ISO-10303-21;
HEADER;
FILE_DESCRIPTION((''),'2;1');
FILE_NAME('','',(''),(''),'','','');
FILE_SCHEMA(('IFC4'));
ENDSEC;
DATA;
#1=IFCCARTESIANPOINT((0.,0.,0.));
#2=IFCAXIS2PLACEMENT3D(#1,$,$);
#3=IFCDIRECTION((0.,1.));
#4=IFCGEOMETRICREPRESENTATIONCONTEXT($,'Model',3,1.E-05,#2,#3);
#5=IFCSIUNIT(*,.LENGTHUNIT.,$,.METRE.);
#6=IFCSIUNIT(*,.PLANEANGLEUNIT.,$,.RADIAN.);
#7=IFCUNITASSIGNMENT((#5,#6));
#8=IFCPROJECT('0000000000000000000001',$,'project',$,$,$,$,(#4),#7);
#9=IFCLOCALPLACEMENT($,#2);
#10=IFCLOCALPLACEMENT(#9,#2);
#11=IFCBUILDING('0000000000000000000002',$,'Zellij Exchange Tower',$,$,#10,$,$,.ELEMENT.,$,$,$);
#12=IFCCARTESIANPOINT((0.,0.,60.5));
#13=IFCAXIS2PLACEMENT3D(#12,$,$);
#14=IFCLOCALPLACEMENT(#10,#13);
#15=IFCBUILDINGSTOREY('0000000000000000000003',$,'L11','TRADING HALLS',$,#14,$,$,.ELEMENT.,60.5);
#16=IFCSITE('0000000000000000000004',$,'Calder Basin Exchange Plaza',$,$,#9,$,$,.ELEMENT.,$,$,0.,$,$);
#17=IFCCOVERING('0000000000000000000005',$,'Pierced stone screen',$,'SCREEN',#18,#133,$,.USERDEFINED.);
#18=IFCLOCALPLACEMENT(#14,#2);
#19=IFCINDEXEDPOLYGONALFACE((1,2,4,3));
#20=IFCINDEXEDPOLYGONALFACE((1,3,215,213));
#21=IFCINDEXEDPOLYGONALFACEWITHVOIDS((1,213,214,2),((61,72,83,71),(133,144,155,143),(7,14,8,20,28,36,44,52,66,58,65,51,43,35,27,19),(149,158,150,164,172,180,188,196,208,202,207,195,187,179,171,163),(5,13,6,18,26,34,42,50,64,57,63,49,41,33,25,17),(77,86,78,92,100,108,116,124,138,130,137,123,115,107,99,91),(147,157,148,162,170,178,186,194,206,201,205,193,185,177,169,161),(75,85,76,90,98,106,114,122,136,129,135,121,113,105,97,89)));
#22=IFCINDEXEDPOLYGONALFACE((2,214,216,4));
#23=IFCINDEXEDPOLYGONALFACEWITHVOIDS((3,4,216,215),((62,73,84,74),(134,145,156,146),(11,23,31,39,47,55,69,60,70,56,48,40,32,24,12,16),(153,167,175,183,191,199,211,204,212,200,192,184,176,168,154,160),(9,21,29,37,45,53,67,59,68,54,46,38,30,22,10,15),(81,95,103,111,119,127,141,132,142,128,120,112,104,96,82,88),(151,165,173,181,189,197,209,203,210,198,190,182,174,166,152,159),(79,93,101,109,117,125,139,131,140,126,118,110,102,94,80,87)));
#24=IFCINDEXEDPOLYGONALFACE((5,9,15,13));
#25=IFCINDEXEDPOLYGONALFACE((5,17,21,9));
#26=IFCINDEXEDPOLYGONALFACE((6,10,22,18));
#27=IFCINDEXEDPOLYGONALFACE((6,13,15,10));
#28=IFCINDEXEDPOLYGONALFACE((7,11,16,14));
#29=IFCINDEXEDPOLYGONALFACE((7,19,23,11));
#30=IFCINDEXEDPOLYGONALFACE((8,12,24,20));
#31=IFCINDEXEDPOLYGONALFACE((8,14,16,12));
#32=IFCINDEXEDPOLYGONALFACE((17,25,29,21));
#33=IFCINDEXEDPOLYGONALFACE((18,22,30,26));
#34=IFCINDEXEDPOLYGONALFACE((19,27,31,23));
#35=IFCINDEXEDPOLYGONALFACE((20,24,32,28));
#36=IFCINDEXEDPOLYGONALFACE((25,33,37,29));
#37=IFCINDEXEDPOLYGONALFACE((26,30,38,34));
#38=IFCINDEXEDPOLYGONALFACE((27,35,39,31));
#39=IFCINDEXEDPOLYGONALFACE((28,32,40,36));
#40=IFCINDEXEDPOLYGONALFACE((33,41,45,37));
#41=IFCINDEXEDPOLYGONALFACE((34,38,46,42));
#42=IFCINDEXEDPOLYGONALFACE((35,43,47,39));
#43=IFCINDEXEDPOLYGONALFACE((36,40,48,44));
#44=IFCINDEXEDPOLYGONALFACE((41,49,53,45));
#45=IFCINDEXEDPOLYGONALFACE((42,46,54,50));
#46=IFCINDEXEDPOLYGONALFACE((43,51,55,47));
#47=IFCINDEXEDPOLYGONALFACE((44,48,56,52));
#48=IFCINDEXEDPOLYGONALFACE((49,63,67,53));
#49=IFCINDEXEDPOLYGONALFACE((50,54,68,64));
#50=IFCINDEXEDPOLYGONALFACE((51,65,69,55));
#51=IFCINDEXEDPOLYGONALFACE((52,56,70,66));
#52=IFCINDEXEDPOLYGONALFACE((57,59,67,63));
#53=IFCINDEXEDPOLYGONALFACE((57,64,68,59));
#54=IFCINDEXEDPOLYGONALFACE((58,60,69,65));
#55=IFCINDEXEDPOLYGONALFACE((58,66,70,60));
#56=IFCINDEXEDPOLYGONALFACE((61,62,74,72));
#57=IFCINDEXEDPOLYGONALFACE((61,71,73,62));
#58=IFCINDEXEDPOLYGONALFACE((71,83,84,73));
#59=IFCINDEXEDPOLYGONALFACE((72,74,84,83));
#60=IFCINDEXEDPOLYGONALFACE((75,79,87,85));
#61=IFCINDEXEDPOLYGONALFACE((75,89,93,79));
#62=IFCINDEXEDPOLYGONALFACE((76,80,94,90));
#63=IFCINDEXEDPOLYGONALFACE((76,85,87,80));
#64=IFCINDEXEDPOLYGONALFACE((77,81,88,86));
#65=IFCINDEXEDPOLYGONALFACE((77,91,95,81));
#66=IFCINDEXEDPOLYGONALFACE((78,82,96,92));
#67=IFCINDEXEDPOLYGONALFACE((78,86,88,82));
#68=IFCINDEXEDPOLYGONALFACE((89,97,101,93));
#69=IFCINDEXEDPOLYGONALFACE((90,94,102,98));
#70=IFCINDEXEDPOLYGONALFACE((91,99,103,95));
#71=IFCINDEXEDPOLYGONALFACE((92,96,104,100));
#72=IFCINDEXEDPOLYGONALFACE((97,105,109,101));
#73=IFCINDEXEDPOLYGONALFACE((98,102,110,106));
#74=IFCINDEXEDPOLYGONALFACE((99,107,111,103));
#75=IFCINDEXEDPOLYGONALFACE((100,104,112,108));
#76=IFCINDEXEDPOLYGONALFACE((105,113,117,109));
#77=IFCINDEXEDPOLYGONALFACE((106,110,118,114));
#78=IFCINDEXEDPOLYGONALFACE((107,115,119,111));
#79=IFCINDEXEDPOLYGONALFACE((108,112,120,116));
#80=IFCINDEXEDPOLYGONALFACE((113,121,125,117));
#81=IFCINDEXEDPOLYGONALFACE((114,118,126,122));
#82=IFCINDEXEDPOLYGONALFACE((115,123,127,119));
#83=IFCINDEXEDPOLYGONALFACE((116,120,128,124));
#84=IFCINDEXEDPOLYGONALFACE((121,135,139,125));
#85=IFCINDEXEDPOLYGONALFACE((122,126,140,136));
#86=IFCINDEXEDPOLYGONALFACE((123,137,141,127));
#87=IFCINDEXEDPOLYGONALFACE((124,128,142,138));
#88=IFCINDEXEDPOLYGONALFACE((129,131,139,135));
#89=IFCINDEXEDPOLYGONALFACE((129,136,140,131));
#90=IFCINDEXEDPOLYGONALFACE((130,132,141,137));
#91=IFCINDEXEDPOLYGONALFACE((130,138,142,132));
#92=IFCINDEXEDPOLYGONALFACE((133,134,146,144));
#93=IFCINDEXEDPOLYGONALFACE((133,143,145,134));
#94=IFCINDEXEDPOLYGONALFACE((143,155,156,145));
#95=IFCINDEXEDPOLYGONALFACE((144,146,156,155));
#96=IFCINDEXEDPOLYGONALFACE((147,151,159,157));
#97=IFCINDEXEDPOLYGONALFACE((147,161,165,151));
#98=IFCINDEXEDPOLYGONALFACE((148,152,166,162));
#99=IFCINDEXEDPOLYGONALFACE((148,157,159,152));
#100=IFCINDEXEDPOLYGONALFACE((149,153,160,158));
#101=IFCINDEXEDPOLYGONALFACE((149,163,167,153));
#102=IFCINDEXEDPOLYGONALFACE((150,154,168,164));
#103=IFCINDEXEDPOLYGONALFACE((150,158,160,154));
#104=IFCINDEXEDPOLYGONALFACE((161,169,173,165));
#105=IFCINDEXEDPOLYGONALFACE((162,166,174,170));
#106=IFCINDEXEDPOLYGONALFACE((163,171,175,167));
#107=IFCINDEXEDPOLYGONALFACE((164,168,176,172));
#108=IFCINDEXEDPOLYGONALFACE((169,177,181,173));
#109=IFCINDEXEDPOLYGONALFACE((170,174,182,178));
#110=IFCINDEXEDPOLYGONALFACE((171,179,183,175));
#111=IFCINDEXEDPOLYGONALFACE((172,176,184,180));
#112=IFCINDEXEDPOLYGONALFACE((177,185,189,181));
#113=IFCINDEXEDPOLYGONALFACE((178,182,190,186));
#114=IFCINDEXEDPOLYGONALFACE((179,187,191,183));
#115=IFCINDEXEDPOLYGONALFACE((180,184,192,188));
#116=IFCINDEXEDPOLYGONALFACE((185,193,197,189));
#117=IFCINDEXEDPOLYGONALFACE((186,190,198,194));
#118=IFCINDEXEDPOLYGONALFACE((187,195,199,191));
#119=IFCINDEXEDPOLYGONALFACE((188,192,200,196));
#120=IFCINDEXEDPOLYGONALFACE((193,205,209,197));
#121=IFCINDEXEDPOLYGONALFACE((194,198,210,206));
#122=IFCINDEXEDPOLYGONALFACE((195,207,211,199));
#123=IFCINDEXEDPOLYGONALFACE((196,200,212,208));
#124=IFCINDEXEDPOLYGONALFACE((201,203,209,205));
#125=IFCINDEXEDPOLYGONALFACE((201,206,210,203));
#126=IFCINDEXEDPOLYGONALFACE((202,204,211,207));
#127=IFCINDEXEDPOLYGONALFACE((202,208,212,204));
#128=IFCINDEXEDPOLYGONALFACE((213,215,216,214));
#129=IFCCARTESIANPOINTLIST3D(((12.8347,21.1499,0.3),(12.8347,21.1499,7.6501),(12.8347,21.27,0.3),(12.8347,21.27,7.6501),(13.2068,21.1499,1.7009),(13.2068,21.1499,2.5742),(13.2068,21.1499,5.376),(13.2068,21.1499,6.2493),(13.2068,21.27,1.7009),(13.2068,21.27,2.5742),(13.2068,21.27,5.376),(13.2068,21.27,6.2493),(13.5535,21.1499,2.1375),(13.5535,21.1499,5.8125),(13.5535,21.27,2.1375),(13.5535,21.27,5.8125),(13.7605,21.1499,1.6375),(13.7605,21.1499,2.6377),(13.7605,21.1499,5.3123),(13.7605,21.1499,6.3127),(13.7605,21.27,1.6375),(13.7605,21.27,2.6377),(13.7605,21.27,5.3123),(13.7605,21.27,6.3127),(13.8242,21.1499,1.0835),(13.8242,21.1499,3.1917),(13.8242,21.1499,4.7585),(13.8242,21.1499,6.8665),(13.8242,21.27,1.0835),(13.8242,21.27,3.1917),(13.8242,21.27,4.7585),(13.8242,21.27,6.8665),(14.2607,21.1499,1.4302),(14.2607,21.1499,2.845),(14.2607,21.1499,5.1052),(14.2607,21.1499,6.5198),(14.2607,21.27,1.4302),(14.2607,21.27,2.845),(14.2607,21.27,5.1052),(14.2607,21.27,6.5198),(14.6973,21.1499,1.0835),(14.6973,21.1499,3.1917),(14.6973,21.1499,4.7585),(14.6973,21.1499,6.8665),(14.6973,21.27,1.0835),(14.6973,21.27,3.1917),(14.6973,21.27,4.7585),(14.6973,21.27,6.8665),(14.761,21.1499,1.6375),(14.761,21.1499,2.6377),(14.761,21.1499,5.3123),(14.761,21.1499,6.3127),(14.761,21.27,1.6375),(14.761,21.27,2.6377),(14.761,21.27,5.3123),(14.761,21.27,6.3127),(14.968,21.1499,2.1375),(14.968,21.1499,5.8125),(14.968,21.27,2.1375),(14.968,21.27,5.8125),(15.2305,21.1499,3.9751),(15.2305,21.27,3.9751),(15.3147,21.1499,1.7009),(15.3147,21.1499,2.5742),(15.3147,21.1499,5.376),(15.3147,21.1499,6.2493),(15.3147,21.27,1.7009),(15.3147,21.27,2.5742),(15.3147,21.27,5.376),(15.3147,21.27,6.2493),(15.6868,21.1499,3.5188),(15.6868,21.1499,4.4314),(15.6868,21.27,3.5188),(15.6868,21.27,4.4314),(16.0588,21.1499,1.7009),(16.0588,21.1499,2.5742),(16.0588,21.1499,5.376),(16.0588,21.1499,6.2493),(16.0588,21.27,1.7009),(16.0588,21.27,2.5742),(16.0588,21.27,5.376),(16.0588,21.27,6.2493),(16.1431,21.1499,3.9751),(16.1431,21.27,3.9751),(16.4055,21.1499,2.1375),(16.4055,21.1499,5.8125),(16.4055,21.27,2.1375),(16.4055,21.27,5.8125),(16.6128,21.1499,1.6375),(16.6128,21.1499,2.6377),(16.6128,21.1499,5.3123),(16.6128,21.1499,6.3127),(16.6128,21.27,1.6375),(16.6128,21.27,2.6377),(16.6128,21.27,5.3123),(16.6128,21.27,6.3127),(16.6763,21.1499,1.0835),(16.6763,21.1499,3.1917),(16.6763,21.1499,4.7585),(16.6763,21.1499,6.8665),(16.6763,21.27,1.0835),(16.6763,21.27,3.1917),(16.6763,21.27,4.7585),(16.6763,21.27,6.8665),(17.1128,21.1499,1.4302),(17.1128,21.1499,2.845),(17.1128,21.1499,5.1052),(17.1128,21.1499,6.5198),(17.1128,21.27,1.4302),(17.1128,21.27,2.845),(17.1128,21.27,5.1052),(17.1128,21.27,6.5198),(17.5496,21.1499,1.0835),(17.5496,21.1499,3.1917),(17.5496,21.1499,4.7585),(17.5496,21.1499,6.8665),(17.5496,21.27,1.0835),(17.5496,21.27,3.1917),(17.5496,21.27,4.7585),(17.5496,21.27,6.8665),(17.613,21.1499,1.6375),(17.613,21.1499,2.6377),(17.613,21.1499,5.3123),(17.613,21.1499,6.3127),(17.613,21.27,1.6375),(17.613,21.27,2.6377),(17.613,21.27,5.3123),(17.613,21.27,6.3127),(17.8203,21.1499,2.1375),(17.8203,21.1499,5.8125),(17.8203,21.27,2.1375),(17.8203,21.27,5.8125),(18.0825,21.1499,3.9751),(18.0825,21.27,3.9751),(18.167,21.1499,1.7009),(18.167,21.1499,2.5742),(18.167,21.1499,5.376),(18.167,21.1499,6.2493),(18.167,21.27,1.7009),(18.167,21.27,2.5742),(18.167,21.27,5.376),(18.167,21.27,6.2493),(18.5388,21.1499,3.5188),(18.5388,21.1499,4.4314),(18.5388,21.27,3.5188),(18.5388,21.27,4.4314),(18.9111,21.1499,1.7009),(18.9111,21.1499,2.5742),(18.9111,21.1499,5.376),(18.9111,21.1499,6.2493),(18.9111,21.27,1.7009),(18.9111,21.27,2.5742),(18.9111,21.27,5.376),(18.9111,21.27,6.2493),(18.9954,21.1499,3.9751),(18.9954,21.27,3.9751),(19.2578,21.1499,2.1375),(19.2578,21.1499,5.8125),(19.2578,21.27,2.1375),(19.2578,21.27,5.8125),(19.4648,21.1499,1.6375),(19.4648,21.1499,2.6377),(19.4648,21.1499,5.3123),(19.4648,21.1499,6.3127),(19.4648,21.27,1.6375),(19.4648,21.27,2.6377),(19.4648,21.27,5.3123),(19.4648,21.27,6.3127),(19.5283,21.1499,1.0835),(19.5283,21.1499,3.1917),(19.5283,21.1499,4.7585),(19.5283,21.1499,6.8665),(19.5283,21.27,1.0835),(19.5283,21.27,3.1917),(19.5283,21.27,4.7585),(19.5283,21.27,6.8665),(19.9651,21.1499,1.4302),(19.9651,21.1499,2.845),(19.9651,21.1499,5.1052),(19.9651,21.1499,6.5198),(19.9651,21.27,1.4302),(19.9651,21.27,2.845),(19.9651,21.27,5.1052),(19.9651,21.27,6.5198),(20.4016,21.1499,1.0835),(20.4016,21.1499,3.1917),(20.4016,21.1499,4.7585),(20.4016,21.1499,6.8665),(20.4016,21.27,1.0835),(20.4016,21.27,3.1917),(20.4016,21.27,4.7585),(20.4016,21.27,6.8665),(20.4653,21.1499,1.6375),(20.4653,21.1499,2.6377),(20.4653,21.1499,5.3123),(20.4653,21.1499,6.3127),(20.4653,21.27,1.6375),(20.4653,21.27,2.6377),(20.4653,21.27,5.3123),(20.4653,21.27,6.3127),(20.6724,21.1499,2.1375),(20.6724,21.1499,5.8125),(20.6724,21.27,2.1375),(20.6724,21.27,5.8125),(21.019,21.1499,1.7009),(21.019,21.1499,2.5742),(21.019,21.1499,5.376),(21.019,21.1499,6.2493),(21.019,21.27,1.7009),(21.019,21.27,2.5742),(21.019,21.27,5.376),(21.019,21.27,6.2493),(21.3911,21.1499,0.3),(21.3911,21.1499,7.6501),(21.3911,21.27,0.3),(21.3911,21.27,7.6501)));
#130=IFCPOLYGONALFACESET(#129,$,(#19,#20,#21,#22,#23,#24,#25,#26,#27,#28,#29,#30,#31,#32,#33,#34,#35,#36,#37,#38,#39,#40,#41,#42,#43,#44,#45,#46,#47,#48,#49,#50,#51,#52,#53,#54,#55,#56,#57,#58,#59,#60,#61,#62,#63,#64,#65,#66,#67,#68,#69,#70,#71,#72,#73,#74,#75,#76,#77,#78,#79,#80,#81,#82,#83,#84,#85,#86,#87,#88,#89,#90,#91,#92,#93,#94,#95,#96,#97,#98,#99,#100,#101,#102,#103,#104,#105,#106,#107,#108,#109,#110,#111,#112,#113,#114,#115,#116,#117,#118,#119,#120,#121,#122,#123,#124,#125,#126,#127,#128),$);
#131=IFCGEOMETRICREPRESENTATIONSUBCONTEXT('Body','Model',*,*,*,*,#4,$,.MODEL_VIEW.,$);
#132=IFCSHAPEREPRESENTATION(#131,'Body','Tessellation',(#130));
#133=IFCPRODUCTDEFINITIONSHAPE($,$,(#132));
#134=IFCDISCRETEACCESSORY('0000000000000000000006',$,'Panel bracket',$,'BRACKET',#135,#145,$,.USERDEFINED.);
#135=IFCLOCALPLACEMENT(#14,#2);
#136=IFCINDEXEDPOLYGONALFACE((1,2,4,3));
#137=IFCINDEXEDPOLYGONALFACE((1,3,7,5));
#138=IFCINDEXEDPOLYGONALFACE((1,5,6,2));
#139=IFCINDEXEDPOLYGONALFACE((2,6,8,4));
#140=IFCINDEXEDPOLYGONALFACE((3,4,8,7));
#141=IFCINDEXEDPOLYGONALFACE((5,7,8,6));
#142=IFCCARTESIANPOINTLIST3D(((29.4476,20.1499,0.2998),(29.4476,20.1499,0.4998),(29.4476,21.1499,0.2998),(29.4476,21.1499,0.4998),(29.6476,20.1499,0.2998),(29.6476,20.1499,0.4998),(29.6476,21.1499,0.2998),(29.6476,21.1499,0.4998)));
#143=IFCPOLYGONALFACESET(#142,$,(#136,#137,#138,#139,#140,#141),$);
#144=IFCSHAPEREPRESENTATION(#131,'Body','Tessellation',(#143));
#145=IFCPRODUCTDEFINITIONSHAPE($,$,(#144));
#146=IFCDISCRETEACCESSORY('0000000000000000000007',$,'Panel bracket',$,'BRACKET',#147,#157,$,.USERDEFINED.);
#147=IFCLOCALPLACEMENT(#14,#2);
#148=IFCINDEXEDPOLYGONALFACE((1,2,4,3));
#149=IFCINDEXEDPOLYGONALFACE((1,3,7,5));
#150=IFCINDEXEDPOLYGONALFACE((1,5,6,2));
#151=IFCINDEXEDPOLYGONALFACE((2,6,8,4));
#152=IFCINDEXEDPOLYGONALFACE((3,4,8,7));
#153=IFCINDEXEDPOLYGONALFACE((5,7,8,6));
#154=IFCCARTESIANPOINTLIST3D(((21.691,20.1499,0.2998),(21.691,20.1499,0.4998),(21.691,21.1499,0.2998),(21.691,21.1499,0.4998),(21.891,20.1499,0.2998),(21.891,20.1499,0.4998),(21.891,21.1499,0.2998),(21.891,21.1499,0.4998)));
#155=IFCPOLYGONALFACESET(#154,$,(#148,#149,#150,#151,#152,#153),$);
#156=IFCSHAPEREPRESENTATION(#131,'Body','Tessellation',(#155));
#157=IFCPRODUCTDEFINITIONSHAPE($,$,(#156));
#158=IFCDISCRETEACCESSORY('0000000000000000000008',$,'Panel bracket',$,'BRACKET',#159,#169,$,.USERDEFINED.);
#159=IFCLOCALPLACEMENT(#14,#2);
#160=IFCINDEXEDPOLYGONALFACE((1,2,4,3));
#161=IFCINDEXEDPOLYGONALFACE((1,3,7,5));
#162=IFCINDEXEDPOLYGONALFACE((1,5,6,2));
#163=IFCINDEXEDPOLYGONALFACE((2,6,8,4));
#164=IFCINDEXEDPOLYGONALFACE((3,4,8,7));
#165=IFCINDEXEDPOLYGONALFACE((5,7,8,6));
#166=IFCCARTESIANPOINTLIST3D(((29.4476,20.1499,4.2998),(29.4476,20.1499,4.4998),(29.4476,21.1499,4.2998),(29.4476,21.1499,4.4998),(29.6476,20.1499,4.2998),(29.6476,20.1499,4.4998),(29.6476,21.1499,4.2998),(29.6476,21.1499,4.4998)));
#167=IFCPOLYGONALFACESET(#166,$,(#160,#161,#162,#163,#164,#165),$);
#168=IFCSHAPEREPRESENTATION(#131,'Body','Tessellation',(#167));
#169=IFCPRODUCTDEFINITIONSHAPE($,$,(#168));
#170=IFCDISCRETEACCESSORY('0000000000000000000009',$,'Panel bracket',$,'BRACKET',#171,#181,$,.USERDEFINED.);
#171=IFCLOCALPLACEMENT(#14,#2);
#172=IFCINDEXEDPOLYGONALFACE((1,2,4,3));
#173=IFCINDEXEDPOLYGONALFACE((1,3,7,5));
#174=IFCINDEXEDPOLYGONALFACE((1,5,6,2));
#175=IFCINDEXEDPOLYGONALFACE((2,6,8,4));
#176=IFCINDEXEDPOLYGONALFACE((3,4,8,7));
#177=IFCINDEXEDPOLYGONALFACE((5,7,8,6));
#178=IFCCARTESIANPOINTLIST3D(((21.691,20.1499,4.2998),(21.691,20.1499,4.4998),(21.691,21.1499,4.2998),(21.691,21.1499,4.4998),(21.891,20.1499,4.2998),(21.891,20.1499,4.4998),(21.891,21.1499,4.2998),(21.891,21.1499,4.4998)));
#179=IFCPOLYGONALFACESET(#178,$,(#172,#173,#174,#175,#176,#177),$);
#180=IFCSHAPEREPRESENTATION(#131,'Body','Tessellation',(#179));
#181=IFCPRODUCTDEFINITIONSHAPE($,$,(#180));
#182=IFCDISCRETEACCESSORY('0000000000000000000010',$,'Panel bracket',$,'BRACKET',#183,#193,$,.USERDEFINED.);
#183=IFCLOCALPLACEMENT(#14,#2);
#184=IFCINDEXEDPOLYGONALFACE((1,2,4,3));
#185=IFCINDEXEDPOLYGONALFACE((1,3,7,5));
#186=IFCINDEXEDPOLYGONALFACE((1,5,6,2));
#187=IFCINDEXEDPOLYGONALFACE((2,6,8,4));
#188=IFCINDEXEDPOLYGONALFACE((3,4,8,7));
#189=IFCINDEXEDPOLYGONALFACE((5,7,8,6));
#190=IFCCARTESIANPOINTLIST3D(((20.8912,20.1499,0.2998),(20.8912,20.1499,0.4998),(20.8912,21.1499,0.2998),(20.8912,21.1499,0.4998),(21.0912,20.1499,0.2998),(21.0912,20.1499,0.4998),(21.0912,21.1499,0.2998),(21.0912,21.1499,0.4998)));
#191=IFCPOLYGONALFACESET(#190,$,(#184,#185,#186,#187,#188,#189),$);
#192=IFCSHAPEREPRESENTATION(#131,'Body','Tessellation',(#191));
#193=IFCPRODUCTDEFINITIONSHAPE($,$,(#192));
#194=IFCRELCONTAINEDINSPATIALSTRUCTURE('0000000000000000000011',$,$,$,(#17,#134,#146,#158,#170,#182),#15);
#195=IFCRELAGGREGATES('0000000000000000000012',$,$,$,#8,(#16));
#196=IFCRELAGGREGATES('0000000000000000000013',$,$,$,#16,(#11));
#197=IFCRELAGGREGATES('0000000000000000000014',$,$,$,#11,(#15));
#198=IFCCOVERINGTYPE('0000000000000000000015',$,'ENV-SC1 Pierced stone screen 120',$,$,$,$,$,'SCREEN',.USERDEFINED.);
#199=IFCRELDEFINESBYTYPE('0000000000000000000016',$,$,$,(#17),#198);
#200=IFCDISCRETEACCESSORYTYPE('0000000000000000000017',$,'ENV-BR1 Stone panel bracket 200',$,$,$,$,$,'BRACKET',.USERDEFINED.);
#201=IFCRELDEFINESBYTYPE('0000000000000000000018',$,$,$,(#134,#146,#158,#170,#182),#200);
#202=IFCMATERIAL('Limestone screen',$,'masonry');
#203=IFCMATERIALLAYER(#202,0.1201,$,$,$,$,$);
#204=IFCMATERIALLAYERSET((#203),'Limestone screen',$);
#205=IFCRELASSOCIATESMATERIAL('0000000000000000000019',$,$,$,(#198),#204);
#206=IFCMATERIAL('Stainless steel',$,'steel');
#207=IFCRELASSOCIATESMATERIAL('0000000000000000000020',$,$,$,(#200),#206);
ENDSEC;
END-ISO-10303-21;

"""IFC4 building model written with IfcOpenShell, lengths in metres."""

from ifc_helpers import new_model, si_unit, direction, frame, origin, origin_2d, place, context, subcontext, project, spatial, polyline, rectangle, outline, extrude, material, layer, layer_set, type_object, element, save


model = new_model("IFC4")

# Units and contexts
model_context = context("Model", 3, precision=1e-05, world=origin(), true_north=direction((0.0, 1.0)))
body_context = subcontext(model_context, "Body", "Model", "MODEL_VIEW")
ifc_project = project(units=[si_unit("LENGTHUNIT", "METRE"), si_unit("PLANEANGLEUNIT", "RADIAN")], contexts=[model_context])

# Site, building, storey
site_placement = place(None, origin())
site = spatial("IfcSite", under=ifc_project, at=site_placement, Name="Calder Basin Exchange Plaza", CompositionType="ELEMENT", RefElevation=0.0)
building_placement = place(site_placement, origin())
building = spatial("IfcBuilding", under=site, at=building_placement, Name="Zellij Exchange Tower", CompositionType="ELEMENT")
storey_placement = place(building_placement, frame((0.0, 0.0, 60.5)))
storey = spatial("IfcBuildingStorey", under=building, at=storey_placement, Name="L11", Description="TRADING HALLS", CompositionType="ELEMENT", Elevation=60.5)

# Covering
ifc_material_1 = material(Name="Limestone screen", Category="masonry")
ifc_layer_1 = layer(ifc_material_1, 0.1201)
ifc_layer_set_1 = layer_set([ifc_layer_1], Name="Limestone screen")
covering_type = type_object("IfcCoveringType", Name="ENV-SC1 Pierced stone screen 120", ElementType="SCREEN", PredefinedType="USERDEFINED", material=ifc_layer_set_1)
covering_1_placement = place(storey_placement, frame((21.3911, 21.21, 0.3), z_axis=(0.0, 0.0, 1.0), x_axis=(-1.0, 0.0, 0.0)))
element("IfcCovering", 1, at=covering_1_placement, inside=storey, type_object=covering_type, Name="Pierced stone screen", ObjectType="SCREEN", PredefinedType="USERDEFINED", context=body_context, shape_type="SweptSolid", body=[
    extrude(outline(polyline([(0.0, 0.0), (8.5564, 0.0), (8.5564, 7.3501), (0.0, 7.3501), (0.0, 0.0)]), holes=[polyline([(2.48, 2.2742), (1.9263, 2.3376), (1.8628, 2.8916), (1.426, 2.5449), (0.9895, 2.8916), (0.9258, 2.3376), (0.3721, 2.2742), (0.7188, 1.8374), (0.3721, 1.4009), (0.9258, 1.3374), (0.9895, 0.7834), (1.426, 1.1301), (1.8628, 0.7834), (1.9263, 1.3374), (2.48, 1.4009), (2.1333, 1.8374), (2.48, 2.2742)]), polyline([(2.48, 5.9492), (1.9263, 6.0127), (1.8628, 6.5664), (1.426, 6.2197), (0.9895, 6.5664), (0.9258, 6.0127), (0.3721, 5.9492), (0.7188, 5.5125), (0.3721, 5.0759), (0.9258, 5.0122), (0.9895, 4.4585), (1.426, 4.8052), (1.8628, 4.4585), (1.9263, 5.0122), (2.48, 5.0759), (2.1333, 5.5125), (2.48, 5.9492)]), polyline([(5.3323, 2.2742), (4.7783, 2.3376), (4.7148, 2.8916), (4.2783, 2.5449), (3.8416, 2.8916), (3.7781, 2.3376), (3.2241, 2.2742), (3.5708, 1.8374), (3.2241, 1.4009), (3.7781, 1.3374), (3.8416, 0.7834), (4.2783, 1.1301), (4.7148, 0.7834), (4.7783, 1.3374), (5.3323, 1.4009), (4.9856, 1.8374), (5.3323, 2.2742)]), polyline([(5.3323, 5.9492), (4.7783, 6.0127), (4.7148, 6.5664), (4.2783, 6.2197), (3.8416, 6.5664), (3.7781, 6.0127), (3.2241, 5.9492), (3.5708, 5.5125), (3.2241, 5.0759), (3.7781, 5.0122), (3.8416, 4.4585), (4.2783, 4.8052), (4.7148, 4.4585), (4.7783, 5.0122), (5.3323, 5.0759), (4.9856, 5.5125), (5.3323, 5.9492)]), polyline([(8.1843, 2.2742), (7.6306, 2.3376), (7.5669, 2.8916), (7.1304, 2.5449), (6.6938, 2.8916), (6.6301, 2.3376), (6.0764, 2.2742), (6.4231, 1.8374), (6.0764, 1.4009), (6.6301, 1.3374), (6.6938, 0.7834), (7.1304, 1.1301), (7.5669, 0.7834), (7.6306, 1.3374), (8.1843, 1.4009), (7.8376, 1.8374), (8.1843, 2.2742)]), polyline([(8.1843, 5.9492), (7.6306, 6.0127), (7.5669, 6.5664), (7.1304, 6.2197), (6.6938, 6.5664), (6.6301, 6.0127), (6.0764, 5.9492), (6.4231, 5.5125), (6.0764, 5.0759), (6.6301, 5.0122), (6.6938, 4.4585), (7.1304, 4.8052), (7.5669, 4.4585), (7.6306, 5.0122), (8.1843, 5.0759), (7.8376, 5.5125), (8.1843, 5.9492)]), polyline([(3.3086, 3.675), (2.8523, 4.1313), (2.3958, 3.675), (2.8523, 3.2188), (3.3086, 3.675)]), polyline([(6.1606, 3.675), (5.7043, 4.1313), (5.248, 3.675), (5.7043, 3.2188), (6.1606, 3.675)])]), frame((0.0, 0.0601, 0.0), z_axis=(0.0, -1.0, 0.0), x_axis=(1.0, 0.0, 0.0)), (0.0, 0.0, 1.0), 0.1201),
])

# Discrete accessories
ifc_material_2 = material(Name="Stainless steel", Category="steel")
discrete_accessory_type = type_object("IfcDiscreteAccessoryType", Name="ENV-BR1 Stone panel bracket 200", ElementType="BRACKET", PredefinedType="USERDEFINED", material=ifc_material_2)
for number, where, z_axis, x_axis, name in (
    (2, (29.5476, 20.6499, 0.2998), (0.0, 0.0, 1.0), (-1.0, 0.0, 0.0), "Panel bracket"),
    (3, (21.791, 20.6499, 0.2998), (0.0, 0.0, 1.0), (-1.0, 0.0, 0.0), "Panel bracket"),
    (4, (29.5476, 20.6499, 4.2998), (0.0, 0.0, 1.0), (-1.0, 0.0, 0.0), "Panel bracket"),
    (5, (21.791, 20.6499, 4.2998), (0.0, 0.0, 1.0), (-1.0, 0.0, 0.0), "Panel bracket"),
    (6, (20.9912, 20.6499, 0.2998), (0.0, 0.0, 1.0), (-1.0, 0.0, 0.0), "Panel bracket"),
):
    element("IfcDiscreteAccessory", number, at=place(storey_placement, frame(where, z_axis=z_axis, x_axis=x_axis)), inside=storey, type_object=discrete_accessory_type, Name=name, ObjectType="BRACKET", PredefinedType="USERDEFINED", context=body_context, shape_type="SweptSolid", body=[
        extrude(rectangle(XDim=0.2, YDim=1.0, at=origin_2d()), origin(), (0.0, 0.0, 1.0), 0.2),
    ])

save(model, "model.ifc")
